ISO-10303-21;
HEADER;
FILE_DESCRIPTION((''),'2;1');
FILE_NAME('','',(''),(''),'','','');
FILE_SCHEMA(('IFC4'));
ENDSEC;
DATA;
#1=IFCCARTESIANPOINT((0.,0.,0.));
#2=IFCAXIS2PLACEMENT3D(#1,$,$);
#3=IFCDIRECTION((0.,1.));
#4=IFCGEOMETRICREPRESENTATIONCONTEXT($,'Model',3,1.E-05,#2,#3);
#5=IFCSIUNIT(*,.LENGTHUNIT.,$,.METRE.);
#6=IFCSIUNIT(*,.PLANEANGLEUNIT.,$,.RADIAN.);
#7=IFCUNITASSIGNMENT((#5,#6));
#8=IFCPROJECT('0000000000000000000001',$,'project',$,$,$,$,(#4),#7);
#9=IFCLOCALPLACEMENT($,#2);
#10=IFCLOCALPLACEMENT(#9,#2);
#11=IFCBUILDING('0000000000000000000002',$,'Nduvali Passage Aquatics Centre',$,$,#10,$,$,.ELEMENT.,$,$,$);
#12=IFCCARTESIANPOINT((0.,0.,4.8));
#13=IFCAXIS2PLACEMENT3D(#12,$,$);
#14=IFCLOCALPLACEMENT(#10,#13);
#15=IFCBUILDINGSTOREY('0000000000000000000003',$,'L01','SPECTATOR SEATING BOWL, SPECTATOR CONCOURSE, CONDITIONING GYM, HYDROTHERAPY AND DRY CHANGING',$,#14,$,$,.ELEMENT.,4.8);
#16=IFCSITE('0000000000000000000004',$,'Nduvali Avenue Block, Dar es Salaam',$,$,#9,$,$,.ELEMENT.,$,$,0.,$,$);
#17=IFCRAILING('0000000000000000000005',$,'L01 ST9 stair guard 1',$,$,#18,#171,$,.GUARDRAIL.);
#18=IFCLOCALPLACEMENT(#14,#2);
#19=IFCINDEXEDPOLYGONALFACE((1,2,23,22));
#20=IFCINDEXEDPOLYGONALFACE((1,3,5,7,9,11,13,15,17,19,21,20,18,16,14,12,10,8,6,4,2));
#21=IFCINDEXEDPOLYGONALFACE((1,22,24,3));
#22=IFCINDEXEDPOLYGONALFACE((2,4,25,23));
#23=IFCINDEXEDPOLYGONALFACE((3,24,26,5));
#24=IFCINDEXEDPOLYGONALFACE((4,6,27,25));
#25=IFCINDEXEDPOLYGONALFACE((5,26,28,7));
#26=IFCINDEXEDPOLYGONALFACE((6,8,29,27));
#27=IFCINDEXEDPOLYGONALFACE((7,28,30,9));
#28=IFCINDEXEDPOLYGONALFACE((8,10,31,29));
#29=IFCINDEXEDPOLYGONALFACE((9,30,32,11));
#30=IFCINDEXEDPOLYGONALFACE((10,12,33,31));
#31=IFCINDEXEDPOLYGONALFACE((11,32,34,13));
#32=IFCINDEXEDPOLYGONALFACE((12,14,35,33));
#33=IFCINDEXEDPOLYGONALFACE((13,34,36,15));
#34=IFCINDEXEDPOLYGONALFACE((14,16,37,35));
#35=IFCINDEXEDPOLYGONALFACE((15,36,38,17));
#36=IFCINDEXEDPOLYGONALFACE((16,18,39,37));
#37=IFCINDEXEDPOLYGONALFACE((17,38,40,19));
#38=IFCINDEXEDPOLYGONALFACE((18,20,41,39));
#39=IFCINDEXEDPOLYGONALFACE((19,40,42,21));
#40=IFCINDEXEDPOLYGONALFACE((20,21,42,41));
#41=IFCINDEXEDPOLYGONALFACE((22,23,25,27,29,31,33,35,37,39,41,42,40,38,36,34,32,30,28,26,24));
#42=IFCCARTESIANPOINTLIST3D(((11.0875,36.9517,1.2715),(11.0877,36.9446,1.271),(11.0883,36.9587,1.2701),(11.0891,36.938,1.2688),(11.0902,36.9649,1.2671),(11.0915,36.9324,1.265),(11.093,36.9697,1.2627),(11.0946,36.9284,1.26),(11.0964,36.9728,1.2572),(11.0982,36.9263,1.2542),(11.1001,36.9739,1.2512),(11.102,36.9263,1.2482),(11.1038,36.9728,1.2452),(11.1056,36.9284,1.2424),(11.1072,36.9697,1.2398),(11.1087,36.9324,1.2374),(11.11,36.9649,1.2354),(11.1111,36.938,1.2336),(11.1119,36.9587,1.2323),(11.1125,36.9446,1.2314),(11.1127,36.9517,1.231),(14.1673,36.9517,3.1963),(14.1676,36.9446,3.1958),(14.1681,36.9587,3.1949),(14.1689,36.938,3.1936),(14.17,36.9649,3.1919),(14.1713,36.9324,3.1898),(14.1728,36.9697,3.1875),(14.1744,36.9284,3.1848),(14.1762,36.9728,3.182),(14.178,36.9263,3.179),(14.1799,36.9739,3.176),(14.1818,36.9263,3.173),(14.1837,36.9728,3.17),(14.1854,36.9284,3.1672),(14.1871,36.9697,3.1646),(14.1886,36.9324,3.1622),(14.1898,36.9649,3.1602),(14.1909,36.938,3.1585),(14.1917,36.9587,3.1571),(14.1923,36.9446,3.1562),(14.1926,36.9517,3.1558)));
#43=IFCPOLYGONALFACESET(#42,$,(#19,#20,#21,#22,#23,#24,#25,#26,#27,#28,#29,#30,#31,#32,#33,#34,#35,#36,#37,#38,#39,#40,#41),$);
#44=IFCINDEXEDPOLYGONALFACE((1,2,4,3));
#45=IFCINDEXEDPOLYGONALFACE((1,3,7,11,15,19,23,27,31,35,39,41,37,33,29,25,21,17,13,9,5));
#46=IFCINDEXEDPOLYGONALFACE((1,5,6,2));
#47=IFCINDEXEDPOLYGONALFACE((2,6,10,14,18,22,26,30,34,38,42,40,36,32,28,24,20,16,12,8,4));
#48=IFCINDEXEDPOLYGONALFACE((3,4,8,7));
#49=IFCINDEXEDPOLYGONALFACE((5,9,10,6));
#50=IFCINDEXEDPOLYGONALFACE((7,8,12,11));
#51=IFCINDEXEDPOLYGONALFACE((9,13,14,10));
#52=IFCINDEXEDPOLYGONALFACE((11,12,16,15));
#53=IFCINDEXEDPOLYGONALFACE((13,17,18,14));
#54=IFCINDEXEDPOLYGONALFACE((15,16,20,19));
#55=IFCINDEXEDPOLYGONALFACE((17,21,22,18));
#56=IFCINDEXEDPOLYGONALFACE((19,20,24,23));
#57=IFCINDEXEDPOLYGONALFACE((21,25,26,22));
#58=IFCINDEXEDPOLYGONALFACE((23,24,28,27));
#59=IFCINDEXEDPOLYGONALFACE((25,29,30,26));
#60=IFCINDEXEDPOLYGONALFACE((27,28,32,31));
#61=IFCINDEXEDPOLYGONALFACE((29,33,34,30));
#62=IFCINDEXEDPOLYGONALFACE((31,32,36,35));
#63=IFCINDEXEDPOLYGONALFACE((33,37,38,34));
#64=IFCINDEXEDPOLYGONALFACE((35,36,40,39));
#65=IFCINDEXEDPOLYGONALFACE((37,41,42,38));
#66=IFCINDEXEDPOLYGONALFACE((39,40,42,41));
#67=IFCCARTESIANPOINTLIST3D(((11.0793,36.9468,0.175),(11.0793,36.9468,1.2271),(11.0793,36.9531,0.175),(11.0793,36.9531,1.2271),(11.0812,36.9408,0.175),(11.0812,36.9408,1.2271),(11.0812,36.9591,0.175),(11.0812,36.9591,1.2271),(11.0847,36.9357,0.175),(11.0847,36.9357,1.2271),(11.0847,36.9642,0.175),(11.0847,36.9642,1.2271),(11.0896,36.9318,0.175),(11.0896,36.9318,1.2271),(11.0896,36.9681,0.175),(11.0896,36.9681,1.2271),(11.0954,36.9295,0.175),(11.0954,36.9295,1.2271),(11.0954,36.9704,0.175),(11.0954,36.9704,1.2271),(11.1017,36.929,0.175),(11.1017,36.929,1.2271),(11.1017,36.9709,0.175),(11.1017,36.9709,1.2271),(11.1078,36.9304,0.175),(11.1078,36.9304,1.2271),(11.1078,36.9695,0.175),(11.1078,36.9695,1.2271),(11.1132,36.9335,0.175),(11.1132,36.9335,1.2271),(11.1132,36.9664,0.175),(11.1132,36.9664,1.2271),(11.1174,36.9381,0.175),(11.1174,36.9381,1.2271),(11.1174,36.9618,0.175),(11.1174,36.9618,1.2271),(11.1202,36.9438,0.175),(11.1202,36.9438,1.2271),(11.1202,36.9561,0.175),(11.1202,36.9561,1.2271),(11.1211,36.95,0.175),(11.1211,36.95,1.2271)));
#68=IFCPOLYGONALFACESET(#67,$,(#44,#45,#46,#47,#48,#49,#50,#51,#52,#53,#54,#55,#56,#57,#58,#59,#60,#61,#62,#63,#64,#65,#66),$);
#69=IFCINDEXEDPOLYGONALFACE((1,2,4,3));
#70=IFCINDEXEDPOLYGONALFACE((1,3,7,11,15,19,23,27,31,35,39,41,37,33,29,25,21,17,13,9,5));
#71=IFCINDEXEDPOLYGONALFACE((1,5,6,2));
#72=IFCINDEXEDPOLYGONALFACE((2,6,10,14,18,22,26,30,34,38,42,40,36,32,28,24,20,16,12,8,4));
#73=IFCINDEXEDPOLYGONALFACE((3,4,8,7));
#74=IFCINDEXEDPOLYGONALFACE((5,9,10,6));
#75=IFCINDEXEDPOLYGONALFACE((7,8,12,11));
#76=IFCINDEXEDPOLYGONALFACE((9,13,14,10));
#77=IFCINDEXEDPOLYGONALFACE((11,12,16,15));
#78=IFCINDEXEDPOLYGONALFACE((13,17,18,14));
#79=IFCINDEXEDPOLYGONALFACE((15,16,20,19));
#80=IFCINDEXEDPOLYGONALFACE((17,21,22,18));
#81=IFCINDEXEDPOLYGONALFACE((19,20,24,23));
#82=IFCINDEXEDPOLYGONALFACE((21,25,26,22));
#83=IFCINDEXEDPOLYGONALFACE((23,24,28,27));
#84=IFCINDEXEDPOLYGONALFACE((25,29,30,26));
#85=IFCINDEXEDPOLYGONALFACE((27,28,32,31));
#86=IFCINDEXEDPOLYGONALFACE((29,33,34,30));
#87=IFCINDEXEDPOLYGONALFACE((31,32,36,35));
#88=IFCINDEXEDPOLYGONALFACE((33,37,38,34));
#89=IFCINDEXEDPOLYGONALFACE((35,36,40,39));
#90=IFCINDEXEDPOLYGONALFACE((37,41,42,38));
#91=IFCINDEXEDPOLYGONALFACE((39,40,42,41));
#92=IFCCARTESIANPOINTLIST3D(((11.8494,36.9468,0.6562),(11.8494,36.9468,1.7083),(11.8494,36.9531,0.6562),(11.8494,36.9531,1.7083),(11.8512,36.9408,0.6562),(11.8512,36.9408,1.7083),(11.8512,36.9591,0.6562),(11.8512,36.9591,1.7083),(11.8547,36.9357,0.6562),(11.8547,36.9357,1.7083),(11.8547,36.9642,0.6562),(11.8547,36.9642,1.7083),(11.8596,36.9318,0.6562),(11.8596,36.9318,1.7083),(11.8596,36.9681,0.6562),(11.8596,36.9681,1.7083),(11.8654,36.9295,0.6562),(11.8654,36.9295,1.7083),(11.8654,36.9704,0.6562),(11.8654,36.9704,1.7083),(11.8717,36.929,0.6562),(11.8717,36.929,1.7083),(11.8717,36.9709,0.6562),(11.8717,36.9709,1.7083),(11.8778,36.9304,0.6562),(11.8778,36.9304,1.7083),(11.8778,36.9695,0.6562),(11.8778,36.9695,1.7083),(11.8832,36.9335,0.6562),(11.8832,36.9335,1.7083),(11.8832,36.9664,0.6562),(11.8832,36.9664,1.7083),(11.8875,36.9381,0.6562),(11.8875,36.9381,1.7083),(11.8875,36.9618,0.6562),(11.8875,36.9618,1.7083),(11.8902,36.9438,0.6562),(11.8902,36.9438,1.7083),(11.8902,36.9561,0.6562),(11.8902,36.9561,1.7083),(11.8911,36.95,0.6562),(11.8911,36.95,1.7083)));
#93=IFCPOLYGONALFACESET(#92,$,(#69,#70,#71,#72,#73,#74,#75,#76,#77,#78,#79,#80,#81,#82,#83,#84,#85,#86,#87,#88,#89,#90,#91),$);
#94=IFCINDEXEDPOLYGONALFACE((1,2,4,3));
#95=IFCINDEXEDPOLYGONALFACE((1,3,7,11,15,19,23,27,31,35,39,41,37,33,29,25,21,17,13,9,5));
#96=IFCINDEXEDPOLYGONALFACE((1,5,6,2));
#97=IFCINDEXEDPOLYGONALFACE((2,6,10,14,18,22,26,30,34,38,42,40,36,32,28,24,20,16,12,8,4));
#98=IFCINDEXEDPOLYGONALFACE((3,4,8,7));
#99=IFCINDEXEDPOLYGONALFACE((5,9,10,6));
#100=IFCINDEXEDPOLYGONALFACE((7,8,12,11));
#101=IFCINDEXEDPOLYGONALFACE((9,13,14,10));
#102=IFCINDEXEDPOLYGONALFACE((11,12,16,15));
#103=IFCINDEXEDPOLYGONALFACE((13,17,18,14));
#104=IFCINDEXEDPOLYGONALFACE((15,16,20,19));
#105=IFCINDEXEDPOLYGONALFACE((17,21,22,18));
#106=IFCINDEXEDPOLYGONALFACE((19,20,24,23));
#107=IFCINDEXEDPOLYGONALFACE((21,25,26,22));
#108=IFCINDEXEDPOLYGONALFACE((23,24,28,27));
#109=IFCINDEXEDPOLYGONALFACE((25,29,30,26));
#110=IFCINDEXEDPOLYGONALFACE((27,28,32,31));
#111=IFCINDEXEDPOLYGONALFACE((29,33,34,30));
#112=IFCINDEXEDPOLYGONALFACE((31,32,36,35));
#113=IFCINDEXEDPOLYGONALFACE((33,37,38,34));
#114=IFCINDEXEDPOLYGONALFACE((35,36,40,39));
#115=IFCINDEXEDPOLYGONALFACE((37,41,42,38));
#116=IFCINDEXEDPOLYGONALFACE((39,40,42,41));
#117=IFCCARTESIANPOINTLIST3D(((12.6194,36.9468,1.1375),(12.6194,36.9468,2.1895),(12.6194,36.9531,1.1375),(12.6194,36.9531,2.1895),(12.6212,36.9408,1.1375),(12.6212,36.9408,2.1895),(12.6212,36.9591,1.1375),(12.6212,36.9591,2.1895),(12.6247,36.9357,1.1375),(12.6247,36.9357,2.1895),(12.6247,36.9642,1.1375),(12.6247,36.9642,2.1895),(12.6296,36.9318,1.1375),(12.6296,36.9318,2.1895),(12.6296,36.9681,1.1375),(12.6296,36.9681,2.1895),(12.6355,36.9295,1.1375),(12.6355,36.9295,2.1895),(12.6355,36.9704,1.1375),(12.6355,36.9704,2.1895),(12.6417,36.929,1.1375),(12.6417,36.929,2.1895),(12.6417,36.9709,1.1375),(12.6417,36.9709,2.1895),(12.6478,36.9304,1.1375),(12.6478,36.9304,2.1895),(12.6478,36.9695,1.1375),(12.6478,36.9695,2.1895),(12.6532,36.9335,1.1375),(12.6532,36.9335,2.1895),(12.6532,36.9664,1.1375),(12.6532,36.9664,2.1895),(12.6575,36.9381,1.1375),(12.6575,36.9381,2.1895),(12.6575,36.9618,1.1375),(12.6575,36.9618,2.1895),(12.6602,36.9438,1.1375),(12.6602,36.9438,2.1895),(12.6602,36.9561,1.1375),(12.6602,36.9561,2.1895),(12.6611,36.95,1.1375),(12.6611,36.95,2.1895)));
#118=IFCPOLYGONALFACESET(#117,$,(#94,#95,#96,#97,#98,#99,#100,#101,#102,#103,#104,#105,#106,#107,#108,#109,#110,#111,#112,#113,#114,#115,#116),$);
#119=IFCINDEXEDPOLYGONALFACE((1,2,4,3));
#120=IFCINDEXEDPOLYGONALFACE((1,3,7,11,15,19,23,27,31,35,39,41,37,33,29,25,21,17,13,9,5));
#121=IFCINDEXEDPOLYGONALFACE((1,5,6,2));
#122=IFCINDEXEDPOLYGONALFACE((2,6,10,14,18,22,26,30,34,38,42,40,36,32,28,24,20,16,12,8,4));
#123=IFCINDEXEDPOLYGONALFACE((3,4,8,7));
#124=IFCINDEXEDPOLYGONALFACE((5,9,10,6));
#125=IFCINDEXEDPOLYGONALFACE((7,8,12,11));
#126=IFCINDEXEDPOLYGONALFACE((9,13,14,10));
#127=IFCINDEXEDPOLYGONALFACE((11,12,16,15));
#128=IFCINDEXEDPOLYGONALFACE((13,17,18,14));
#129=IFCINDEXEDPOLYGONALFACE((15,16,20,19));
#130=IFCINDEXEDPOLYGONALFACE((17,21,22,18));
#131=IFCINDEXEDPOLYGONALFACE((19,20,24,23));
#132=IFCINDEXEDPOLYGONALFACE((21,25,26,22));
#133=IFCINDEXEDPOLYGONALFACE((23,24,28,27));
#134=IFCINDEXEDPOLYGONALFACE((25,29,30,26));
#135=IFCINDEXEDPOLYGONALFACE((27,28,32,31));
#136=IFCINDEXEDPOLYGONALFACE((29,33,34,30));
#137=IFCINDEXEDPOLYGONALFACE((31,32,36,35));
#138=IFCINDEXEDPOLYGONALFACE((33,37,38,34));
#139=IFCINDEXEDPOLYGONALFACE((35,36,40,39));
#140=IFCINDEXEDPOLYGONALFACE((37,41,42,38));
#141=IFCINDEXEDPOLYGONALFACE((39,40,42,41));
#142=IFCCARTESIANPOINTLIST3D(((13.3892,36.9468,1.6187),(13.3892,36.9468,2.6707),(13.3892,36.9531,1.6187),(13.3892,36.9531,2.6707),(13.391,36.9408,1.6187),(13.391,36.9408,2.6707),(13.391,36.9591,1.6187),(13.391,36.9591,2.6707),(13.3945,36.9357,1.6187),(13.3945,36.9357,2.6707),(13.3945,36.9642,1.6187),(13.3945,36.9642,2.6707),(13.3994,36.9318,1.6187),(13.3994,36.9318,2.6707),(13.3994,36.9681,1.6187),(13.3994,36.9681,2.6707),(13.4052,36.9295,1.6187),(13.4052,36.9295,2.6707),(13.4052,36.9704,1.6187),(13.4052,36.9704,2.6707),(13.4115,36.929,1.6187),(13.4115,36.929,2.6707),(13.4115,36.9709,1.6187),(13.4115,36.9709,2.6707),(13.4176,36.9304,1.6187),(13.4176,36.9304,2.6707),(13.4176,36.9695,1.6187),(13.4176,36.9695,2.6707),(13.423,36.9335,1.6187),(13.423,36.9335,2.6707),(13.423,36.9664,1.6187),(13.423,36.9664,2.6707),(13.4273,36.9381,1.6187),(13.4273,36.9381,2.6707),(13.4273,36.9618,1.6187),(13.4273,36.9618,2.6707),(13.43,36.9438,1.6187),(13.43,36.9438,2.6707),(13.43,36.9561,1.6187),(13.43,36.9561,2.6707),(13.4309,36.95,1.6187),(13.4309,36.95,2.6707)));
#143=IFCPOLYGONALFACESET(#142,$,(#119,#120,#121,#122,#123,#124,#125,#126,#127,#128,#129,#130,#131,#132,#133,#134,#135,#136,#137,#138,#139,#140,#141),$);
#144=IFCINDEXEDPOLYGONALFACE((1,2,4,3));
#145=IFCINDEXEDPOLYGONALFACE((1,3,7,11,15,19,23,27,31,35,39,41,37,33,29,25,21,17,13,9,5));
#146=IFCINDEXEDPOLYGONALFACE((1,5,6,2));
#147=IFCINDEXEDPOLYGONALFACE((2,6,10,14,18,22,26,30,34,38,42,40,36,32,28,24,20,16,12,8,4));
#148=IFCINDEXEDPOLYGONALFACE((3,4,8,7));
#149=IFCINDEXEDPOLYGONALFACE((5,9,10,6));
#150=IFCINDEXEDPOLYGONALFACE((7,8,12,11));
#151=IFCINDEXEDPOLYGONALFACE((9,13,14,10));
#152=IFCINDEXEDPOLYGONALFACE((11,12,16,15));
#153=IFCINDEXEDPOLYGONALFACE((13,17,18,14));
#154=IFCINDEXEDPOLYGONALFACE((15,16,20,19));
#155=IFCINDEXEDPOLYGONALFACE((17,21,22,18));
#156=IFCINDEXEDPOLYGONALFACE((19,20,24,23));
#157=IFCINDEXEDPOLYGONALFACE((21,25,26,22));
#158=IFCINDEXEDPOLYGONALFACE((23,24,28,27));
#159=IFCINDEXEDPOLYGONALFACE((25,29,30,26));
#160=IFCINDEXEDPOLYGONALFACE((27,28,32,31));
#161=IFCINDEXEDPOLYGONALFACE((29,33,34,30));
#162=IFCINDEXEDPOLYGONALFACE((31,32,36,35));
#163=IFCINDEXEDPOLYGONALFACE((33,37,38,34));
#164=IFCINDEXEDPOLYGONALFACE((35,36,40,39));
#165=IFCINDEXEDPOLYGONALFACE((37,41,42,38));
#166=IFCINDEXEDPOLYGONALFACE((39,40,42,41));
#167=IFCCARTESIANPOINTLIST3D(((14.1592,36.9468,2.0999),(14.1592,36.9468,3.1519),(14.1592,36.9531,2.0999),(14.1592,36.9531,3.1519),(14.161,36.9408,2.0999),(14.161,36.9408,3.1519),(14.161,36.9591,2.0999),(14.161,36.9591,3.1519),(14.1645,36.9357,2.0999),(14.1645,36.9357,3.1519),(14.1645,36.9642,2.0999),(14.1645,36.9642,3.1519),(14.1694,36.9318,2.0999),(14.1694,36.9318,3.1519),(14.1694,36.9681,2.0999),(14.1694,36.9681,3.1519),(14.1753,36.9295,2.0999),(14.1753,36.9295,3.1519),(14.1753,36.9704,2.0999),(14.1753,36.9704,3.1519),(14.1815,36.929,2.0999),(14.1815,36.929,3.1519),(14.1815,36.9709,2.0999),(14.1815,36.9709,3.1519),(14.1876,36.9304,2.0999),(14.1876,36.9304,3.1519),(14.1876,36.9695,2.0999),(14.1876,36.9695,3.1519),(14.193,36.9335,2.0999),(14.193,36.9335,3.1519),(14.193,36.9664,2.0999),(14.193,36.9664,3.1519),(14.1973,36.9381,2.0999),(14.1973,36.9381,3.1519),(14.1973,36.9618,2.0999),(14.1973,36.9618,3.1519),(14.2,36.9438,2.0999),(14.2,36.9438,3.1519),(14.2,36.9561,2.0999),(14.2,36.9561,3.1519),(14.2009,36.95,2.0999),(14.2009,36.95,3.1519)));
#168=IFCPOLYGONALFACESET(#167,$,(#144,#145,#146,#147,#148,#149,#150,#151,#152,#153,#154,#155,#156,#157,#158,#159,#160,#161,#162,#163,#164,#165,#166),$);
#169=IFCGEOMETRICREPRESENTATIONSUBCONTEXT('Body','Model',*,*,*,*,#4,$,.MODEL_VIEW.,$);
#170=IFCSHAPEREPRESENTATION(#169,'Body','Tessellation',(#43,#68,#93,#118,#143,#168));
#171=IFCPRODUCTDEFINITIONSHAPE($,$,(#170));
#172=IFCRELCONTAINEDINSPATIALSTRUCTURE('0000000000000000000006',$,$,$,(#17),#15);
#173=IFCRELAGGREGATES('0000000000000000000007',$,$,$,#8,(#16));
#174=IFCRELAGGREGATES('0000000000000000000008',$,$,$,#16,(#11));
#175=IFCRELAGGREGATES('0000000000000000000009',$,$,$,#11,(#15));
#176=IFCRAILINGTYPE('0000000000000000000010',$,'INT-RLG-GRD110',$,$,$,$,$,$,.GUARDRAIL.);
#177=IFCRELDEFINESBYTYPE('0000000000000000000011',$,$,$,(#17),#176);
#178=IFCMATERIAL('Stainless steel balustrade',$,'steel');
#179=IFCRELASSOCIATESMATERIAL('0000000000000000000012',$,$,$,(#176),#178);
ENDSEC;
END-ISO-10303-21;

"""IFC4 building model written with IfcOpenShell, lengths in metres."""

from ifc_helpers import new_model, si_unit, direction, frame, origin, origin_2d, place, context, subcontext, project, spatial, circle, extrude, material, type_object, element, save


model = new_model("IFC4")

# Units and contexts
model_context = context("Model", 3, precision=1e-05, world=origin(), true_north=direction((0.0, 1.0)))
body_context = subcontext(model_context, "Body", "Model", "MODEL_VIEW")
ifc_project = project(units=[si_unit("LENGTHUNIT", "METRE"), si_unit("PLANEANGLEUNIT", "RADIAN")], contexts=[model_context])

# Site, building, storey
site_placement = place(None, origin())
site = spatial("IfcSite", under=ifc_project, at=site_placement, Name="Nduvali Avenue Block, Dar es Salaam", CompositionType="ELEMENT", RefElevation=0.0)
building_placement = place(site_placement, origin())
building = spatial("IfcBuilding", under=site, at=building_placement, Name="Nduvali Passage Aquatics Centre", CompositionType="ELEMENT")
storey_placement = place(building_placement, frame((0.0, 0.0, 4.8)))
storey = spatial("IfcBuildingStorey", under=building, at=storey_placement, Name="L01", Description="SPECTATOR SEATING BOWL, SPECTATOR CONCOURSE, CONDITIONING GYM, HYDROTHERAPY AND DRY CHANGING", CompositionType="ELEMENT", Elevation=4.8)

# Railing
ifc_material_1 = material(Name="Stainless steel balustrade", Category="steel")
railing_type_1 = type_object("IfcRailingType", Name="INT-RLG-GRD110", PredefinedType="GUARDRAIL", material=ifc_material_1)
railing_1_placement = place(storey_placement, frame((11.1001, 36.95, 0.175)))
element("IfcRailing", 1, at=railing_1_placement, inside=storey, type_object=railing_type_1, Name="L01 ST9 stair guard 1", PredefinedType="GUARDRAIL", context=body_context, shape_type="SweptSolid", body=[
    extrude(circle(Radius=0.0239, at=origin_2d()), frame((0.0, 0.0, 1.0762), z_axis=(0.84801, 0.0, 0.529981), x_axis=(0.0, 1.0, 0.0)), (0.0, 0.0, 1.0), 3.6318),
    extrude(circle(Radius=0.021, at=origin_2d()), origin(), (0.0, 0.0, 1.0), 1.052),
    extrude(circle(Radius=0.021, at=origin_2d()), frame((0.77, 0.0, 0.4812)), (0.0, 0.0, 1.0), 1.052),
    extrude(circle(Radius=0.021, at=origin_2d()), frame((1.54, 0.0, 0.9624)), (0.0, 0.0, 1.0), 1.052),
    extrude(circle(Radius=0.021, at=origin_2d()), frame((2.3098, 0.0, 1.4436)), (0.0, 0.0, 1.0), 1.052),
    extrude(circle(Radius=0.021, at=origin_2d()), frame((3.0798, 0.0, 1.9248)), (0.0, 0.0, 1.0), 1.052),
])

save(model, "model.ifc")
